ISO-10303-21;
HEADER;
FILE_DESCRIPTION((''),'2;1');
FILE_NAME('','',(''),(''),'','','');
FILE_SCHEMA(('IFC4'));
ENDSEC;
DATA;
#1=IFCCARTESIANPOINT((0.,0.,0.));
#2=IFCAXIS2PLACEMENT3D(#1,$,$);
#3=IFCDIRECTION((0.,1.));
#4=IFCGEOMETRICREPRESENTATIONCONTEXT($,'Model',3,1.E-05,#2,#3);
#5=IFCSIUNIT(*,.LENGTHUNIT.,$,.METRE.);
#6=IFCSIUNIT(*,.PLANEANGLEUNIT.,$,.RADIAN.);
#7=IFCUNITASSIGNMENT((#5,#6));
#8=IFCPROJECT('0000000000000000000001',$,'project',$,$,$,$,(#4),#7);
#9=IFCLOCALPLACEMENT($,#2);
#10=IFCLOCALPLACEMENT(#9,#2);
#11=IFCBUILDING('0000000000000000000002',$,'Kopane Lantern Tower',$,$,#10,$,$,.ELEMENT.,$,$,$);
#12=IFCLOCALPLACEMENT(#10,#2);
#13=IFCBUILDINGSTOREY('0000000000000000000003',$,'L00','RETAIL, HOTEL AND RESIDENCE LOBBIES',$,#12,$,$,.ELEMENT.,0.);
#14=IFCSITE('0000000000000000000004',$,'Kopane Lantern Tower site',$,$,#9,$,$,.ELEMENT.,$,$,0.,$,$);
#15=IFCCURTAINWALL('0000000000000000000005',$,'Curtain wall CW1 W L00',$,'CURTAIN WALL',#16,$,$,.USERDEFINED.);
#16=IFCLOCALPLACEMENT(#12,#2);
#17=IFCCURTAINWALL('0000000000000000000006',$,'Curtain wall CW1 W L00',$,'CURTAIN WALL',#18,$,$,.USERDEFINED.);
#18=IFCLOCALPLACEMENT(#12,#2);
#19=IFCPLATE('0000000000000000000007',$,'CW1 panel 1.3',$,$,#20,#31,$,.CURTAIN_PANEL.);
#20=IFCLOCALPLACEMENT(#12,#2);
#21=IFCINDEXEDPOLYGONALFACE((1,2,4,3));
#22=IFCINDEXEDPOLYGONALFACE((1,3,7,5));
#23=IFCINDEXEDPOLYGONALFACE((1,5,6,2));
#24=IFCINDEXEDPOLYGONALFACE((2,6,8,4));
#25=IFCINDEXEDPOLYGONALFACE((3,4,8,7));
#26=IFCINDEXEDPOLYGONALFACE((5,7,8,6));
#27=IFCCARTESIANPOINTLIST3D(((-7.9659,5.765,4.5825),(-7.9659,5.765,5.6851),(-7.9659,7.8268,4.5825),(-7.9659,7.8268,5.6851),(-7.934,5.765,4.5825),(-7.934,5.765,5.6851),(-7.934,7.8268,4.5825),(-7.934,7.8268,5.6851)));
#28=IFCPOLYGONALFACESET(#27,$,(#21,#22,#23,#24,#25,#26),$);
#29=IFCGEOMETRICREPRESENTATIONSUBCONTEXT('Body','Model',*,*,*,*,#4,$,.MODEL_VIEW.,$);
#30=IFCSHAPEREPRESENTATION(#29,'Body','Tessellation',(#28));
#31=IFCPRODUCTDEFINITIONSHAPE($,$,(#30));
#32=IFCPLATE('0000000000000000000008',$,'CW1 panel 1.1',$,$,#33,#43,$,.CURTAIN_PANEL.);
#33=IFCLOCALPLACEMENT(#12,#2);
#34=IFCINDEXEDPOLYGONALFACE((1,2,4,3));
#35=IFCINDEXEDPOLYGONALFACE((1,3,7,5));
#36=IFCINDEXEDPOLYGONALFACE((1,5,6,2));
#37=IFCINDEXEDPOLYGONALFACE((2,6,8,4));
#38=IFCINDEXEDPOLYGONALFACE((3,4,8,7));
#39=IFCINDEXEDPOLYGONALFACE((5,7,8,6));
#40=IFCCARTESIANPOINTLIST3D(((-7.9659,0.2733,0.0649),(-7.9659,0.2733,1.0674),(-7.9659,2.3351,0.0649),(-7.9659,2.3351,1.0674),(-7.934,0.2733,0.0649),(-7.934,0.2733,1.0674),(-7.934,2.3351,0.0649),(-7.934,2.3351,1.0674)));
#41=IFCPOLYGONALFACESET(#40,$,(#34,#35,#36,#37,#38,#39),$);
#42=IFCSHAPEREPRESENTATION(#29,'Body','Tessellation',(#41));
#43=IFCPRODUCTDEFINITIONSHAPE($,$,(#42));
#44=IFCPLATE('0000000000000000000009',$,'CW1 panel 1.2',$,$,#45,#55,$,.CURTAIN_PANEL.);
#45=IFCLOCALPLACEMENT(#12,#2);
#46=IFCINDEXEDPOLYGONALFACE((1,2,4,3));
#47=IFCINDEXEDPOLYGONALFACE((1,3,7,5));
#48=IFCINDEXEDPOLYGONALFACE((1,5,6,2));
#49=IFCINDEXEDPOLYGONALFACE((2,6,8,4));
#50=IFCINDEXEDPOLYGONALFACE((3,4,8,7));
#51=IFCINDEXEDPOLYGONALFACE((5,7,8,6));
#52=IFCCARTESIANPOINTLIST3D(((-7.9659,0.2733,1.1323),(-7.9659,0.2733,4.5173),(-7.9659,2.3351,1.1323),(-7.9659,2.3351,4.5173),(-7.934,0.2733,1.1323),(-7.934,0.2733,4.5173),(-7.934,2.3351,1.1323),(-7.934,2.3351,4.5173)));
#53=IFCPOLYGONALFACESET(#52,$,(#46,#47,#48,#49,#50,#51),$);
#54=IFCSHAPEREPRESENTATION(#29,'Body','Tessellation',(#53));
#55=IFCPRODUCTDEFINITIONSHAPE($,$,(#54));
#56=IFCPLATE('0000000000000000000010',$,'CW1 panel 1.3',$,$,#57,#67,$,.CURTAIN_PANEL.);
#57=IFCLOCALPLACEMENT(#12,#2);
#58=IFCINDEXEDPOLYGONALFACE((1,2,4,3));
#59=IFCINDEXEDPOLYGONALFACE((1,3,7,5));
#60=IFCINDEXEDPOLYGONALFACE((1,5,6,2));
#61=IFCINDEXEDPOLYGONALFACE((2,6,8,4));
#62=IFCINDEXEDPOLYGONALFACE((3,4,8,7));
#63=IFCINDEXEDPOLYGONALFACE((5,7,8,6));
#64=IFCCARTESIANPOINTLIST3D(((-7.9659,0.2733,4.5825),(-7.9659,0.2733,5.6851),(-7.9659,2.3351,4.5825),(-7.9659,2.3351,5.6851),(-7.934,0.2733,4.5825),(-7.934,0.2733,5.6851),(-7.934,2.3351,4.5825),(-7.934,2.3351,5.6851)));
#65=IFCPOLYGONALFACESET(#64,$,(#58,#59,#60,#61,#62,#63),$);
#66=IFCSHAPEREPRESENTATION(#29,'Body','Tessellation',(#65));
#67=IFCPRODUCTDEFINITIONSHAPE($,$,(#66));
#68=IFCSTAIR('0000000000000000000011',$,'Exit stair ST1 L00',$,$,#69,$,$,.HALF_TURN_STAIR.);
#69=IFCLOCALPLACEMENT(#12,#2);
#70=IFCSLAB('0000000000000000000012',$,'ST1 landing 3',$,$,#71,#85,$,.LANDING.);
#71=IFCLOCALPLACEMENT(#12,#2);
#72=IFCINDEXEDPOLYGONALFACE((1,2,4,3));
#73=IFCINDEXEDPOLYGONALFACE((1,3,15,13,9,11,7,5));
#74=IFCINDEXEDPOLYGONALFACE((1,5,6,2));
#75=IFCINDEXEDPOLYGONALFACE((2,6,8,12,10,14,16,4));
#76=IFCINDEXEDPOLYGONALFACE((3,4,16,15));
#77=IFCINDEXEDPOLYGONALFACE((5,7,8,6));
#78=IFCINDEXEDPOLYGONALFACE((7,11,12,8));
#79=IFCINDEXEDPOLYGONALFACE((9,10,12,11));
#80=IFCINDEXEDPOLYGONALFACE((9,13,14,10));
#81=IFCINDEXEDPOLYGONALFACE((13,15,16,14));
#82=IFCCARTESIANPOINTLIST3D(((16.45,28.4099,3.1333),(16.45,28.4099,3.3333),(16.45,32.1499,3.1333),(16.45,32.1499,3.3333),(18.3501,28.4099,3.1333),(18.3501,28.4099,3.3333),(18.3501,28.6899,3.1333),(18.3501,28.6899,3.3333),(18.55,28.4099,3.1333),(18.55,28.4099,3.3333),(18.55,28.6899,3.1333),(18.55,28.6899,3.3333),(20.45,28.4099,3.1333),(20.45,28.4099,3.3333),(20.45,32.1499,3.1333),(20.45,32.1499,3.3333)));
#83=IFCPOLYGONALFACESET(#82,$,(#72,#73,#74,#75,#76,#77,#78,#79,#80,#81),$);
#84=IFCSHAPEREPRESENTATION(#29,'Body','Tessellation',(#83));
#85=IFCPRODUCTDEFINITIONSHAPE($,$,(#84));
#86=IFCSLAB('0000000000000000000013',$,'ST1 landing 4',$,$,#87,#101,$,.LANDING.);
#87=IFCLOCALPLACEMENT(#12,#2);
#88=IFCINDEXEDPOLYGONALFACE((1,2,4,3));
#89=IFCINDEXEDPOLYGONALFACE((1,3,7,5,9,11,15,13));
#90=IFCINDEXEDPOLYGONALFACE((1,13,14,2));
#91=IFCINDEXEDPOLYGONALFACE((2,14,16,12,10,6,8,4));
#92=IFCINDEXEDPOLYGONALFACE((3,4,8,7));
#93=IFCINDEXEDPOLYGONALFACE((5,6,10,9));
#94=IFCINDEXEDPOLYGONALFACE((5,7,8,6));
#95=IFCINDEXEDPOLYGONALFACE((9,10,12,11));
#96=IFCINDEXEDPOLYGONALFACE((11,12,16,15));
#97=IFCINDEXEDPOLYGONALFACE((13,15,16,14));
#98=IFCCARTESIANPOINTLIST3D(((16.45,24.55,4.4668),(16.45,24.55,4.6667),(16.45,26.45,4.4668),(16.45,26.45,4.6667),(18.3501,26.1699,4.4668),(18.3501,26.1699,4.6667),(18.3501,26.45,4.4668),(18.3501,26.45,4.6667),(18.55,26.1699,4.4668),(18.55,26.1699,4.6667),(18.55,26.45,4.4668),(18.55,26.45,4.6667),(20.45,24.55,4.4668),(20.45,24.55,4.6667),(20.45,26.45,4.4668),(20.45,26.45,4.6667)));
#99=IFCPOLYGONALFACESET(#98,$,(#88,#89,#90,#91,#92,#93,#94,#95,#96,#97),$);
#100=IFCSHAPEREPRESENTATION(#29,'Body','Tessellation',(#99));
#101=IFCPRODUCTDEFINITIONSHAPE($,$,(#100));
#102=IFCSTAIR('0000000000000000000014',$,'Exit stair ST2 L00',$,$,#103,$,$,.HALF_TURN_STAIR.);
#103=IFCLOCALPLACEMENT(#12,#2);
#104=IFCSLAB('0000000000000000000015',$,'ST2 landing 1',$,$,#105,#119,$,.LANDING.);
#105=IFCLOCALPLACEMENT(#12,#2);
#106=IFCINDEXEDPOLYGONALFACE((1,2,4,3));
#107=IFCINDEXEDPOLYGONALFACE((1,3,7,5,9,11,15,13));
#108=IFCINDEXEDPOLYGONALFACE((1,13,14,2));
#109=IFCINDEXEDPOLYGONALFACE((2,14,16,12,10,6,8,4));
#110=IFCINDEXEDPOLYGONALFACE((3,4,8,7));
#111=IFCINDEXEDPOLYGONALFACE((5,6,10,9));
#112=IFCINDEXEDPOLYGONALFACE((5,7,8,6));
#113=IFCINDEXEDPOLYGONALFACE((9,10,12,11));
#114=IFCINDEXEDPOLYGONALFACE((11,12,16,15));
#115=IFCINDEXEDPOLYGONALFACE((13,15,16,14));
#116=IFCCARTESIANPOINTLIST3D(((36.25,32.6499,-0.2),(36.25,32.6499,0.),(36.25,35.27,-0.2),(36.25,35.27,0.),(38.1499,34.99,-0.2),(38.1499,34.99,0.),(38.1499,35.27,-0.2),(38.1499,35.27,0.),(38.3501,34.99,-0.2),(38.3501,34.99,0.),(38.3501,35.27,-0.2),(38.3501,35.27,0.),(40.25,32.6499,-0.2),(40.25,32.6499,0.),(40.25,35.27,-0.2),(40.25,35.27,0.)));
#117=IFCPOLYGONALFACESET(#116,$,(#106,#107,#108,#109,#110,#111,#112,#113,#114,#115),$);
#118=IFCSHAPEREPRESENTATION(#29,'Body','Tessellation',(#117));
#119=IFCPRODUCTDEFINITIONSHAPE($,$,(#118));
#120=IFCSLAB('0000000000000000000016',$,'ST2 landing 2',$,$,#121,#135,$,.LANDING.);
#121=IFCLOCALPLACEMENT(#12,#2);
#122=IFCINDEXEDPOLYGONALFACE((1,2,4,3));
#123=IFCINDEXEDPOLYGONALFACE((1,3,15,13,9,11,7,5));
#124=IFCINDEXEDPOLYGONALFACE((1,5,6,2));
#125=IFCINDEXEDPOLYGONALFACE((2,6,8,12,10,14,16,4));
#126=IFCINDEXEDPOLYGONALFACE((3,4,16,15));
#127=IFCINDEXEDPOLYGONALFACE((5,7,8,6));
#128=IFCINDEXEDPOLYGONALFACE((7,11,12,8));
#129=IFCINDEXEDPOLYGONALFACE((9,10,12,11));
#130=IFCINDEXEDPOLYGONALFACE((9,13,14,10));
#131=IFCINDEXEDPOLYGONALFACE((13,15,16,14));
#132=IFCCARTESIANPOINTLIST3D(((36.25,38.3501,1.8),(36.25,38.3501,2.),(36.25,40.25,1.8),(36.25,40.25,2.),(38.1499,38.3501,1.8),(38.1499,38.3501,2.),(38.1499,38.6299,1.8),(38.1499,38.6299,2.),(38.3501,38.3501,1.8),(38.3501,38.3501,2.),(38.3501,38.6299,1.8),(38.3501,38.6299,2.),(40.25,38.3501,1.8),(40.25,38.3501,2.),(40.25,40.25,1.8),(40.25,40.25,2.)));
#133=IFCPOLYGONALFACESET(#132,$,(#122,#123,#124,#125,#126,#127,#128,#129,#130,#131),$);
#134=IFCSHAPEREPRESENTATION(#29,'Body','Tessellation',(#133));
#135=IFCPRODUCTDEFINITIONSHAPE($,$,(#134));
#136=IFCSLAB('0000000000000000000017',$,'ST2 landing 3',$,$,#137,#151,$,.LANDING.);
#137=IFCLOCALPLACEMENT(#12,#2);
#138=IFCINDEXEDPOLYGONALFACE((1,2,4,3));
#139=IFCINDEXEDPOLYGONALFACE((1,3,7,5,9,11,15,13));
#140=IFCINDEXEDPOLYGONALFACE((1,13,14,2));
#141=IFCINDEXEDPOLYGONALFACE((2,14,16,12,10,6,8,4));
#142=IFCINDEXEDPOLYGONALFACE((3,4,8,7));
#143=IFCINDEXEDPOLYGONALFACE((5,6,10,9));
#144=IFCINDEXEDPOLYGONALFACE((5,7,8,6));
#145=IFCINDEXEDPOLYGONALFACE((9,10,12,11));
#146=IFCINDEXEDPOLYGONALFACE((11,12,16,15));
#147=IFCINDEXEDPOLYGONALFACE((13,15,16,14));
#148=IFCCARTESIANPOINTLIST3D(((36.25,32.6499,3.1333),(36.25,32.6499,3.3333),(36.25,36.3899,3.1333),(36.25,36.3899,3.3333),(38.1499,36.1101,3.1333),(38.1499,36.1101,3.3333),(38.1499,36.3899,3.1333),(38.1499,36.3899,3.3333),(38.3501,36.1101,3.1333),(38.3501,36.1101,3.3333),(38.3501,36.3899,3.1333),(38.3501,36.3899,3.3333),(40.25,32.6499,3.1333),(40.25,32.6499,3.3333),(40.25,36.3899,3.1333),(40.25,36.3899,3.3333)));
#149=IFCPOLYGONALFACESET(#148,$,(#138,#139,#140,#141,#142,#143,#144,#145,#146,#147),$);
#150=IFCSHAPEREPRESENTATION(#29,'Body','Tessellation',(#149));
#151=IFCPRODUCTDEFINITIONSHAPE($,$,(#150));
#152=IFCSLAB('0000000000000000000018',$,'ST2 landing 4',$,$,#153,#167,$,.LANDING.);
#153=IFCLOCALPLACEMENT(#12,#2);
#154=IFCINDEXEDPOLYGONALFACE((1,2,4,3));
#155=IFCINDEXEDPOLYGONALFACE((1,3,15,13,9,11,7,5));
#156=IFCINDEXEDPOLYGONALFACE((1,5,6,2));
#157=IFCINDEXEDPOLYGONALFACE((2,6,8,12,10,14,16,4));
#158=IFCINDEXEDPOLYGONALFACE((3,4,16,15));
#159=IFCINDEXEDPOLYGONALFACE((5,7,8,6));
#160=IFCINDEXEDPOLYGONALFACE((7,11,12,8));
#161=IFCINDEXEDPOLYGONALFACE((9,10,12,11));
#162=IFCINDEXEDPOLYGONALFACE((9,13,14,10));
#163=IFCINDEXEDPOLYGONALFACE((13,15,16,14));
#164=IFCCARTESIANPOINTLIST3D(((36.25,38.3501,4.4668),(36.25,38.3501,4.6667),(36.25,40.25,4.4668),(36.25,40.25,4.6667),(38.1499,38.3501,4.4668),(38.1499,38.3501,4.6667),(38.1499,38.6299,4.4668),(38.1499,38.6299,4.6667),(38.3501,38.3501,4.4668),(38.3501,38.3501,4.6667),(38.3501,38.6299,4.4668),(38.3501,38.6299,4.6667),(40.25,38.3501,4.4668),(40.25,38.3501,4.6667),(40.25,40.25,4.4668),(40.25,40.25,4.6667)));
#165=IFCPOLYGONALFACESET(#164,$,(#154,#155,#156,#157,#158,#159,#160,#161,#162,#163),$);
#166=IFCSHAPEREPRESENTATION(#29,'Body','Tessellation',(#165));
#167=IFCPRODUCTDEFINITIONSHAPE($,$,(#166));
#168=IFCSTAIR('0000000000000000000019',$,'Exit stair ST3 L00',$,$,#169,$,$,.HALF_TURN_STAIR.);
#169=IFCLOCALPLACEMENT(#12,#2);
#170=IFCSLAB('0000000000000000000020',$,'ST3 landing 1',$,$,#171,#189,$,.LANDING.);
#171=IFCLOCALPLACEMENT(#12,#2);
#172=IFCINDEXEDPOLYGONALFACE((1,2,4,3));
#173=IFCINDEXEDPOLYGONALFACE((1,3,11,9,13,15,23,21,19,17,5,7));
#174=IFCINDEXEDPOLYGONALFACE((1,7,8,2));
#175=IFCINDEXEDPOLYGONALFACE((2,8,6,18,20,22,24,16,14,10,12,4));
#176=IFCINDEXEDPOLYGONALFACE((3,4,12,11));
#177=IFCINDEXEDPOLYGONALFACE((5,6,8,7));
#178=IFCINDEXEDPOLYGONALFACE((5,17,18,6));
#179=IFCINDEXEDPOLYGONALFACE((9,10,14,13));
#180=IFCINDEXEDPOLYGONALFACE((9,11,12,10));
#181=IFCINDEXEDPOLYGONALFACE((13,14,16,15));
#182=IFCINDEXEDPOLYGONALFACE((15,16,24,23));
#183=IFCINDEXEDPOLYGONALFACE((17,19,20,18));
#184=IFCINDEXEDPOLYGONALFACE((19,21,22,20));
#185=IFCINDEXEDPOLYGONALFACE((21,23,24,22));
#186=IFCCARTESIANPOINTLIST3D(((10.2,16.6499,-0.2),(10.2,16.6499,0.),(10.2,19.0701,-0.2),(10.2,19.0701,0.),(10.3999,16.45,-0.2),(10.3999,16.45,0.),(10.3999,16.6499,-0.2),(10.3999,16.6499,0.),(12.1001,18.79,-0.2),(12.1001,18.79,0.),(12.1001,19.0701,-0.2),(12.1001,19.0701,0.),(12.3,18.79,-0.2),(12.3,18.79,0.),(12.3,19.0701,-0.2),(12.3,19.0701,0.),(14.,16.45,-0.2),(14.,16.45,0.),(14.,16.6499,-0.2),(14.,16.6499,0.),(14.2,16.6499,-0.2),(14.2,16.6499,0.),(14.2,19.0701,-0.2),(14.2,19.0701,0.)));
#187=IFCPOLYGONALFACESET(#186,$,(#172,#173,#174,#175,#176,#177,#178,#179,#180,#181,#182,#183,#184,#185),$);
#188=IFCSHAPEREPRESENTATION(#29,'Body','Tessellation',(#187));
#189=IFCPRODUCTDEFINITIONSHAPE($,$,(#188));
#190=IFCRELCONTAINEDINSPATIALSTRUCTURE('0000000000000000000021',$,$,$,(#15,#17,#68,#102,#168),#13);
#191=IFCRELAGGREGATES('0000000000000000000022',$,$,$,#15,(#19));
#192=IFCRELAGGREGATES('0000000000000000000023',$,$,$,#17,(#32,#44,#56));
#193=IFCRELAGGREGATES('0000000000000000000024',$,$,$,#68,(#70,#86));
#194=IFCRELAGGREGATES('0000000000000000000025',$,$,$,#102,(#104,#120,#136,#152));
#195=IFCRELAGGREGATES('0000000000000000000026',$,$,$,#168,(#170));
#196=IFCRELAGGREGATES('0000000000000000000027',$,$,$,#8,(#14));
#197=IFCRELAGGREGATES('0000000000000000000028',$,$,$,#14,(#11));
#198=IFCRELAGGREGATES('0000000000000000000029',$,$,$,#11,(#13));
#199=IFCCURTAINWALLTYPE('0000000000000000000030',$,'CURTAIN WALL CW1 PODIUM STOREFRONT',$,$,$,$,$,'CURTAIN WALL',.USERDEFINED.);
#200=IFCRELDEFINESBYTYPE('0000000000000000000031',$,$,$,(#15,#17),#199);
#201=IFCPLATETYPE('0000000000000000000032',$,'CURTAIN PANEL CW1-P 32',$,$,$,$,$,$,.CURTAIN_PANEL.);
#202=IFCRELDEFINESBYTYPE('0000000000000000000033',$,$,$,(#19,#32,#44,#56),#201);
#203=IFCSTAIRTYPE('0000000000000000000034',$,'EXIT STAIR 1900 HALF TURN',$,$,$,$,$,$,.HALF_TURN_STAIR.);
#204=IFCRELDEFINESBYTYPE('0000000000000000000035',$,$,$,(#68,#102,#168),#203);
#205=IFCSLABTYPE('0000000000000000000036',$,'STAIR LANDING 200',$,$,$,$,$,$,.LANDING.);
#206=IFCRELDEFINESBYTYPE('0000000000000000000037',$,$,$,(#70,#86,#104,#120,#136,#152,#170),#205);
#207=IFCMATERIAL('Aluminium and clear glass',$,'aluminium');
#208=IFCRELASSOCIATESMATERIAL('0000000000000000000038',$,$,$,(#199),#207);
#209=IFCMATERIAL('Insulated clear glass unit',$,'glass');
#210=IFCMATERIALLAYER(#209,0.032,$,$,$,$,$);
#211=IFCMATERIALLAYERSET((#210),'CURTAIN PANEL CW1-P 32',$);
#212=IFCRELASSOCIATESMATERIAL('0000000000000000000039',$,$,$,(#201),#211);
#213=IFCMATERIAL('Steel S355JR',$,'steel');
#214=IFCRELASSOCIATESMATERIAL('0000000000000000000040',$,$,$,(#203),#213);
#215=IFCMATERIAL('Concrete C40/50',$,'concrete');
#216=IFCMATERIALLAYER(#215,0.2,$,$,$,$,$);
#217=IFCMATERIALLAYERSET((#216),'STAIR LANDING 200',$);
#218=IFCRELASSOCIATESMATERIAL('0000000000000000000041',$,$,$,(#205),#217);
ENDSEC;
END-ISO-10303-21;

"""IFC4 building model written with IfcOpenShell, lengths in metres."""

from ifc_helpers import new_model, si_unit, direction, frame, origin, origin_2d, place, context, subcontext, project, spatial, polyline, rectangle, outline, extrude, material, layer, layer_set, type_object, element, aggregate, save


model = new_model("IFC4")

# Units and contexts
model_context = context("Model", 3, precision=1e-05, world=origin(), true_north=direction((0.0, 1.0)))
body_context = subcontext(model_context, "Body", "Model", "MODEL_VIEW")
ifc_project = project(units=[si_unit("LENGTHUNIT", "METRE"), si_unit("PLANEANGLEUNIT", "RADIAN")], contexts=[model_context])

# Site, building, storey
site_placement = place(None, origin())
site = spatial("IfcSite", under=ifc_project, at=site_placement, Name="Kopane Lantern Tower site", CompositionType="ELEMENT", RefElevation=0.0)
building_placement = place(site_placement, origin())
building = spatial("IfcBuilding", under=site, at=building_placement, Name="Kopane Lantern Tower", CompositionType="ELEMENT")
storey_placement = place(building_placement, origin())
storey = spatial("IfcBuildingStorey", under=building, at=storey_placement, Name="L00", Description="RETAIL, HOTEL AND RESIDENCE LOBBIES", CompositionType="ELEMENT", Elevation=0.0)

# Curtain walls
ifc_material_1 = material(Name="Aluminium and clear glass", Category="aluminium")
curtain_wall_type = type_object("IfcCurtainWallType", Name="CURTAIN WALL CW1 PODIUM STOREFRONT", ElementType="CURTAIN WALL", PredefinedType="USERDEFINED", material=ifc_material_1)
curtain_wall_1_placement = place(storey_placement, origin())
curtain_wall_1 = element("IfcCurtainWall", 1, at=curtain_wall_1_placement, inside=storey, type_object=curtain_wall_type, Name="Curtain wall CW1 W L00", ObjectType="CURTAIN WALL", PredefinedType="USERDEFINED")
curtain_wall_2_placement = place(storey_placement, origin())
curtain_wall_2 = element("IfcCurtainWall", 2, at=curtain_wall_2_placement, inside=storey, type_object=curtain_wall_type, Name="Curtain wall CW1 W L00", ObjectType="CURTAIN WALL", PredefinedType="USERDEFINED")

# Plates
ifc_material_2 = material(Name="Insulated clear glass unit", Category="glass")
ifc_layer_1 = layer(ifc_material_2, 0.032)
ifc_layer_set_1 = layer_set([ifc_layer_1], Name="CURTAIN PANEL CW1-P 32")
plate_type = type_object("IfcPlateType", Name="CURTAIN PANEL CW1-P 32", PredefinedType="CURTAIN_PANEL", material=ifc_layer_set_1)
plate_1_placement = place(storey_placement, frame((-7.95, 6.7959, 4.5825), z_axis=(0.0, 0.0, 1.0), x_axis=(0.0, -1.0, 0.0)))
plate_1 = element("IfcPlate", 3, at=plate_1_placement, type_object=plate_type, Name="CW1 panel 1.3", PredefinedType="CURTAIN_PANEL", context=body_context, shape_type="SweptSolid", body=[
    extrude(rectangle(XDim=2.0618, YDim=0.032, at=origin_2d()), origin(), (0.0, 0.0, 1.0), 1.1025),
])
aggregate(curtain_wall_1, [plate_1])
plate_2_placement = place(storey_placement, frame((-7.95, 1.3042, 0.0649), z_axis=(0.0, 0.0, 1.0), x_axis=(0.0, -1.0, 0.0)))
plate_2 = element("IfcPlate", 4, at=plate_2_placement, type_object=plate_type, Name="CW1 panel 1.1", PredefinedType="CURTAIN_PANEL", context=body_context, shape_type="SweptSolid", body=[
    extrude(rectangle(XDim=2.0618, YDim=0.032, at=origin_2d()), origin(), (0.0, 0.0, 1.0), 1.0024),
])
plate_3_placement = place(storey_placement, frame((-7.95, 1.3042, 1.1323), z_axis=(0.0, 0.0, 1.0), x_axis=(0.0, -1.0, 0.0)))
plate_3 = element("IfcPlate", 5, at=plate_3_placement, type_object=plate_type, Name="CW1 panel 1.2", PredefinedType="CURTAIN_PANEL", context=body_context, shape_type="SweptSolid", body=[
    extrude(rectangle(XDim=2.0618, YDim=0.032, at=origin_2d()), origin(), (0.0, 0.0, 1.0), 3.385),
])
plate_4_placement = place(storey_placement, frame((-7.95, 1.3042, 4.5825), z_axis=(0.0, 0.0, 1.0), x_axis=(0.0, -1.0, 0.0)))
plate_4 = element("IfcPlate", 6, at=plate_4_placement, type_object=plate_type, Name="CW1 panel 1.3", PredefinedType="CURTAIN_PANEL", context=body_context, shape_type="SweptSolid", body=[
    extrude(rectangle(XDim=2.0618, YDim=0.032, at=origin_2d()), origin(), (0.0, 0.0, 1.0), 1.1025),
])
aggregate(curtain_wall_2, [plate_2, plate_3, plate_4])

# Stairs, slabs
ifc_material_3 = material(Name="Steel S355JR", Category="steel")
stair_type = type_object("IfcStairType", Name="EXIT STAIR 1900 HALF TURN", PredefinedType="HALF_TURN_STAIR", material=ifc_material_3)
stair_1_placement = place(storey_placement, origin())
stair_1 = element("IfcStair", 7, at=stair_1_placement, inside=storey, type_object=stair_type, Name="Exit stair ST1 L00", PredefinedType="HALF_TURN_STAIR")
ifc_material_4 = material(Name="Concrete C40/50", Category="concrete")
ifc_layer_2 = layer(ifc_material_4, 0.2)
ifc_layer_set_2 = layer_set([ifc_layer_2], Name="STAIR LANDING 200")
slab_type = type_object("IfcSlabType", Name="STAIR LANDING 200", PredefinedType="LANDING", material=ifc_layer_set_2)
slab_1_placement = place(storey_placement, frame((0.0, 0.0, 3.1333)))
slab_1 = element("IfcSlab", 8, at=slab_1_placement, type_object=slab_type, Name="ST1 landing 3", PredefinedType="LANDING", context=body_context, shape_type="SweptSolid", body=[
    extrude(outline(polyline([(18.3501, 28.6899), (18.55, 28.6899), (18.55, 28.4099), (20.45, 28.4099), (20.45, 32.1499), (16.45, 32.1499), (16.45, 28.4099), (18.3501, 28.4099), (18.3501, 28.6899)])), origin(), (0.0, 0.0, 1.0), 0.2),
])
slab_2_placement = place(storey_placement, frame((0.0, 0.0, 4.4668)))
slab_2 = element("IfcSlab", 9, at=slab_2_placement, type_object=slab_type, Name="ST1 landing 4", PredefinedType="LANDING", context=body_context, shape_type="SweptSolid", body=[
    extrude(outline(polyline([(20.45, 26.45), (18.55, 26.45), (18.55, 26.1699), (18.3501, 26.1699), (18.3501, 26.45), (16.45, 26.45), (16.45, 24.55), (20.45, 24.55), (20.45, 26.45)])), origin(), (0.0, 0.0, 1.0), 0.2),
])
aggregate(stair_1, [slab_1, slab_2])
stair_2_placement = place(storey_placement, origin())
stair_2 = element("IfcStair", 10, at=stair_2_placement, inside=storey, type_object=stair_type, Name="Exit stair ST2 L00", PredefinedType="HALF_TURN_STAIR")
slab_3_placement = place(storey_placement, frame((0.0, 0.0, -0.2)))
slab_3 = element("IfcSlab", 11, at=slab_3_placement, type_object=slab_type, Name="ST2 landing 1", PredefinedType="LANDING", context=body_context, shape_type="SweptSolid", body=[
    extrude(outline(polyline([(40.25, 35.27), (38.3501, 35.27), (38.3501, 34.99), (38.1499, 34.99), (38.1499, 35.27), (36.25, 35.27), (36.25, 32.6499), (40.25, 32.6499), (40.25, 35.27)])), origin(), (0.0, 0.0, 1.0), 0.2),
])
slab_4_placement = place(storey_placement, frame((0.0, 0.0, 1.8)))
slab_4 = element("IfcSlab", 12, at=slab_4_placement, type_object=slab_type, Name="ST2 landing 2", PredefinedType="LANDING", context=body_context, shape_type="SweptSolid", body=[
    extrude(outline(polyline([(38.1499, 38.6299), (38.3501, 38.6299), (38.3501, 38.3501), (40.25, 38.3501), (40.25, 40.25), (36.25, 40.25), (36.25, 38.3501), (38.1499, 38.3501), (38.1499, 38.6299)])), origin(), (0.0, 0.0, 1.0), 0.2),
])
slab_5_placement = place(storey_placement, frame((0.0, 0.0, 3.1333)))
slab_5 = element("IfcSlab", 13, at=slab_5_placement, type_object=slab_type, Name="ST2 landing 3", PredefinedType="LANDING", context=body_context, shape_type="SweptSolid", body=[
    extrude(outline(polyline([(40.25, 36.3899), (38.3501, 36.3899), (38.3501, 36.1101), (38.1499, 36.1101), (38.1499, 36.3899), (36.25, 36.3899), (36.25, 32.6499), (40.25, 32.6499), (40.25, 36.3899)])), origin(), (0.0, 0.0, 1.0), 0.2),
])
slab_6_placement = place(storey_placement, frame((0.0, 0.0, 4.4668)))
slab_6 = element("IfcSlab", 14, at=slab_6_placement, type_object=slab_type, Name="ST2 landing 4", PredefinedType="LANDING", context=body_context, shape_type="SweptSolid", body=[
    extrude(outline(polyline([(38.1499, 38.6299), (38.3501, 38.6299), (38.3501, 38.3501), (40.25, 38.3501), (40.25, 40.25), (36.25, 40.25), (36.25, 38.3501), (38.1499, 38.3501), (38.1499, 38.6299)])), origin(), (0.0, 0.0, 1.0), 0.2),
])
aggregate(stair_2, [slab_3, slab_4, slab_5, slab_6])

# Stair, slab
stair_3_placement = place(storey_placement, origin())
stair_3 = element("IfcStair", 15, at=stair_3_placement, inside=storey, type_object=stair_type, Name="Exit stair ST3 L00", PredefinedType="HALF_TURN_STAIR")
slab_7_placement = place(storey_placement, frame((0.0, 0.0, -0.2)))
slab_7 = element("IfcSlab", 16, at=slab_7_placement, type_object=slab_type, Name="ST3 landing 1", PredefinedType="LANDING", context=body_context, shape_type="SweptSolid", body=[
    extrude(outline(polyline([(10.3999, 16.6499), (10.3999, 16.45), (14.0, 16.45), (14.0, 16.6499), (14.2, 16.6499), (14.2, 19.0701), (12.3, 19.0701), (12.3, 18.79), (12.1001, 18.79), (12.1001, 19.0701), (10.2, 19.0701), (10.2, 16.6499), (10.3999, 16.6499)])), origin(), (0.0, 0.0, 1.0), 0.2),
])
aggregate(stair_3, [slab_7])

save(model, "model.ifc")
